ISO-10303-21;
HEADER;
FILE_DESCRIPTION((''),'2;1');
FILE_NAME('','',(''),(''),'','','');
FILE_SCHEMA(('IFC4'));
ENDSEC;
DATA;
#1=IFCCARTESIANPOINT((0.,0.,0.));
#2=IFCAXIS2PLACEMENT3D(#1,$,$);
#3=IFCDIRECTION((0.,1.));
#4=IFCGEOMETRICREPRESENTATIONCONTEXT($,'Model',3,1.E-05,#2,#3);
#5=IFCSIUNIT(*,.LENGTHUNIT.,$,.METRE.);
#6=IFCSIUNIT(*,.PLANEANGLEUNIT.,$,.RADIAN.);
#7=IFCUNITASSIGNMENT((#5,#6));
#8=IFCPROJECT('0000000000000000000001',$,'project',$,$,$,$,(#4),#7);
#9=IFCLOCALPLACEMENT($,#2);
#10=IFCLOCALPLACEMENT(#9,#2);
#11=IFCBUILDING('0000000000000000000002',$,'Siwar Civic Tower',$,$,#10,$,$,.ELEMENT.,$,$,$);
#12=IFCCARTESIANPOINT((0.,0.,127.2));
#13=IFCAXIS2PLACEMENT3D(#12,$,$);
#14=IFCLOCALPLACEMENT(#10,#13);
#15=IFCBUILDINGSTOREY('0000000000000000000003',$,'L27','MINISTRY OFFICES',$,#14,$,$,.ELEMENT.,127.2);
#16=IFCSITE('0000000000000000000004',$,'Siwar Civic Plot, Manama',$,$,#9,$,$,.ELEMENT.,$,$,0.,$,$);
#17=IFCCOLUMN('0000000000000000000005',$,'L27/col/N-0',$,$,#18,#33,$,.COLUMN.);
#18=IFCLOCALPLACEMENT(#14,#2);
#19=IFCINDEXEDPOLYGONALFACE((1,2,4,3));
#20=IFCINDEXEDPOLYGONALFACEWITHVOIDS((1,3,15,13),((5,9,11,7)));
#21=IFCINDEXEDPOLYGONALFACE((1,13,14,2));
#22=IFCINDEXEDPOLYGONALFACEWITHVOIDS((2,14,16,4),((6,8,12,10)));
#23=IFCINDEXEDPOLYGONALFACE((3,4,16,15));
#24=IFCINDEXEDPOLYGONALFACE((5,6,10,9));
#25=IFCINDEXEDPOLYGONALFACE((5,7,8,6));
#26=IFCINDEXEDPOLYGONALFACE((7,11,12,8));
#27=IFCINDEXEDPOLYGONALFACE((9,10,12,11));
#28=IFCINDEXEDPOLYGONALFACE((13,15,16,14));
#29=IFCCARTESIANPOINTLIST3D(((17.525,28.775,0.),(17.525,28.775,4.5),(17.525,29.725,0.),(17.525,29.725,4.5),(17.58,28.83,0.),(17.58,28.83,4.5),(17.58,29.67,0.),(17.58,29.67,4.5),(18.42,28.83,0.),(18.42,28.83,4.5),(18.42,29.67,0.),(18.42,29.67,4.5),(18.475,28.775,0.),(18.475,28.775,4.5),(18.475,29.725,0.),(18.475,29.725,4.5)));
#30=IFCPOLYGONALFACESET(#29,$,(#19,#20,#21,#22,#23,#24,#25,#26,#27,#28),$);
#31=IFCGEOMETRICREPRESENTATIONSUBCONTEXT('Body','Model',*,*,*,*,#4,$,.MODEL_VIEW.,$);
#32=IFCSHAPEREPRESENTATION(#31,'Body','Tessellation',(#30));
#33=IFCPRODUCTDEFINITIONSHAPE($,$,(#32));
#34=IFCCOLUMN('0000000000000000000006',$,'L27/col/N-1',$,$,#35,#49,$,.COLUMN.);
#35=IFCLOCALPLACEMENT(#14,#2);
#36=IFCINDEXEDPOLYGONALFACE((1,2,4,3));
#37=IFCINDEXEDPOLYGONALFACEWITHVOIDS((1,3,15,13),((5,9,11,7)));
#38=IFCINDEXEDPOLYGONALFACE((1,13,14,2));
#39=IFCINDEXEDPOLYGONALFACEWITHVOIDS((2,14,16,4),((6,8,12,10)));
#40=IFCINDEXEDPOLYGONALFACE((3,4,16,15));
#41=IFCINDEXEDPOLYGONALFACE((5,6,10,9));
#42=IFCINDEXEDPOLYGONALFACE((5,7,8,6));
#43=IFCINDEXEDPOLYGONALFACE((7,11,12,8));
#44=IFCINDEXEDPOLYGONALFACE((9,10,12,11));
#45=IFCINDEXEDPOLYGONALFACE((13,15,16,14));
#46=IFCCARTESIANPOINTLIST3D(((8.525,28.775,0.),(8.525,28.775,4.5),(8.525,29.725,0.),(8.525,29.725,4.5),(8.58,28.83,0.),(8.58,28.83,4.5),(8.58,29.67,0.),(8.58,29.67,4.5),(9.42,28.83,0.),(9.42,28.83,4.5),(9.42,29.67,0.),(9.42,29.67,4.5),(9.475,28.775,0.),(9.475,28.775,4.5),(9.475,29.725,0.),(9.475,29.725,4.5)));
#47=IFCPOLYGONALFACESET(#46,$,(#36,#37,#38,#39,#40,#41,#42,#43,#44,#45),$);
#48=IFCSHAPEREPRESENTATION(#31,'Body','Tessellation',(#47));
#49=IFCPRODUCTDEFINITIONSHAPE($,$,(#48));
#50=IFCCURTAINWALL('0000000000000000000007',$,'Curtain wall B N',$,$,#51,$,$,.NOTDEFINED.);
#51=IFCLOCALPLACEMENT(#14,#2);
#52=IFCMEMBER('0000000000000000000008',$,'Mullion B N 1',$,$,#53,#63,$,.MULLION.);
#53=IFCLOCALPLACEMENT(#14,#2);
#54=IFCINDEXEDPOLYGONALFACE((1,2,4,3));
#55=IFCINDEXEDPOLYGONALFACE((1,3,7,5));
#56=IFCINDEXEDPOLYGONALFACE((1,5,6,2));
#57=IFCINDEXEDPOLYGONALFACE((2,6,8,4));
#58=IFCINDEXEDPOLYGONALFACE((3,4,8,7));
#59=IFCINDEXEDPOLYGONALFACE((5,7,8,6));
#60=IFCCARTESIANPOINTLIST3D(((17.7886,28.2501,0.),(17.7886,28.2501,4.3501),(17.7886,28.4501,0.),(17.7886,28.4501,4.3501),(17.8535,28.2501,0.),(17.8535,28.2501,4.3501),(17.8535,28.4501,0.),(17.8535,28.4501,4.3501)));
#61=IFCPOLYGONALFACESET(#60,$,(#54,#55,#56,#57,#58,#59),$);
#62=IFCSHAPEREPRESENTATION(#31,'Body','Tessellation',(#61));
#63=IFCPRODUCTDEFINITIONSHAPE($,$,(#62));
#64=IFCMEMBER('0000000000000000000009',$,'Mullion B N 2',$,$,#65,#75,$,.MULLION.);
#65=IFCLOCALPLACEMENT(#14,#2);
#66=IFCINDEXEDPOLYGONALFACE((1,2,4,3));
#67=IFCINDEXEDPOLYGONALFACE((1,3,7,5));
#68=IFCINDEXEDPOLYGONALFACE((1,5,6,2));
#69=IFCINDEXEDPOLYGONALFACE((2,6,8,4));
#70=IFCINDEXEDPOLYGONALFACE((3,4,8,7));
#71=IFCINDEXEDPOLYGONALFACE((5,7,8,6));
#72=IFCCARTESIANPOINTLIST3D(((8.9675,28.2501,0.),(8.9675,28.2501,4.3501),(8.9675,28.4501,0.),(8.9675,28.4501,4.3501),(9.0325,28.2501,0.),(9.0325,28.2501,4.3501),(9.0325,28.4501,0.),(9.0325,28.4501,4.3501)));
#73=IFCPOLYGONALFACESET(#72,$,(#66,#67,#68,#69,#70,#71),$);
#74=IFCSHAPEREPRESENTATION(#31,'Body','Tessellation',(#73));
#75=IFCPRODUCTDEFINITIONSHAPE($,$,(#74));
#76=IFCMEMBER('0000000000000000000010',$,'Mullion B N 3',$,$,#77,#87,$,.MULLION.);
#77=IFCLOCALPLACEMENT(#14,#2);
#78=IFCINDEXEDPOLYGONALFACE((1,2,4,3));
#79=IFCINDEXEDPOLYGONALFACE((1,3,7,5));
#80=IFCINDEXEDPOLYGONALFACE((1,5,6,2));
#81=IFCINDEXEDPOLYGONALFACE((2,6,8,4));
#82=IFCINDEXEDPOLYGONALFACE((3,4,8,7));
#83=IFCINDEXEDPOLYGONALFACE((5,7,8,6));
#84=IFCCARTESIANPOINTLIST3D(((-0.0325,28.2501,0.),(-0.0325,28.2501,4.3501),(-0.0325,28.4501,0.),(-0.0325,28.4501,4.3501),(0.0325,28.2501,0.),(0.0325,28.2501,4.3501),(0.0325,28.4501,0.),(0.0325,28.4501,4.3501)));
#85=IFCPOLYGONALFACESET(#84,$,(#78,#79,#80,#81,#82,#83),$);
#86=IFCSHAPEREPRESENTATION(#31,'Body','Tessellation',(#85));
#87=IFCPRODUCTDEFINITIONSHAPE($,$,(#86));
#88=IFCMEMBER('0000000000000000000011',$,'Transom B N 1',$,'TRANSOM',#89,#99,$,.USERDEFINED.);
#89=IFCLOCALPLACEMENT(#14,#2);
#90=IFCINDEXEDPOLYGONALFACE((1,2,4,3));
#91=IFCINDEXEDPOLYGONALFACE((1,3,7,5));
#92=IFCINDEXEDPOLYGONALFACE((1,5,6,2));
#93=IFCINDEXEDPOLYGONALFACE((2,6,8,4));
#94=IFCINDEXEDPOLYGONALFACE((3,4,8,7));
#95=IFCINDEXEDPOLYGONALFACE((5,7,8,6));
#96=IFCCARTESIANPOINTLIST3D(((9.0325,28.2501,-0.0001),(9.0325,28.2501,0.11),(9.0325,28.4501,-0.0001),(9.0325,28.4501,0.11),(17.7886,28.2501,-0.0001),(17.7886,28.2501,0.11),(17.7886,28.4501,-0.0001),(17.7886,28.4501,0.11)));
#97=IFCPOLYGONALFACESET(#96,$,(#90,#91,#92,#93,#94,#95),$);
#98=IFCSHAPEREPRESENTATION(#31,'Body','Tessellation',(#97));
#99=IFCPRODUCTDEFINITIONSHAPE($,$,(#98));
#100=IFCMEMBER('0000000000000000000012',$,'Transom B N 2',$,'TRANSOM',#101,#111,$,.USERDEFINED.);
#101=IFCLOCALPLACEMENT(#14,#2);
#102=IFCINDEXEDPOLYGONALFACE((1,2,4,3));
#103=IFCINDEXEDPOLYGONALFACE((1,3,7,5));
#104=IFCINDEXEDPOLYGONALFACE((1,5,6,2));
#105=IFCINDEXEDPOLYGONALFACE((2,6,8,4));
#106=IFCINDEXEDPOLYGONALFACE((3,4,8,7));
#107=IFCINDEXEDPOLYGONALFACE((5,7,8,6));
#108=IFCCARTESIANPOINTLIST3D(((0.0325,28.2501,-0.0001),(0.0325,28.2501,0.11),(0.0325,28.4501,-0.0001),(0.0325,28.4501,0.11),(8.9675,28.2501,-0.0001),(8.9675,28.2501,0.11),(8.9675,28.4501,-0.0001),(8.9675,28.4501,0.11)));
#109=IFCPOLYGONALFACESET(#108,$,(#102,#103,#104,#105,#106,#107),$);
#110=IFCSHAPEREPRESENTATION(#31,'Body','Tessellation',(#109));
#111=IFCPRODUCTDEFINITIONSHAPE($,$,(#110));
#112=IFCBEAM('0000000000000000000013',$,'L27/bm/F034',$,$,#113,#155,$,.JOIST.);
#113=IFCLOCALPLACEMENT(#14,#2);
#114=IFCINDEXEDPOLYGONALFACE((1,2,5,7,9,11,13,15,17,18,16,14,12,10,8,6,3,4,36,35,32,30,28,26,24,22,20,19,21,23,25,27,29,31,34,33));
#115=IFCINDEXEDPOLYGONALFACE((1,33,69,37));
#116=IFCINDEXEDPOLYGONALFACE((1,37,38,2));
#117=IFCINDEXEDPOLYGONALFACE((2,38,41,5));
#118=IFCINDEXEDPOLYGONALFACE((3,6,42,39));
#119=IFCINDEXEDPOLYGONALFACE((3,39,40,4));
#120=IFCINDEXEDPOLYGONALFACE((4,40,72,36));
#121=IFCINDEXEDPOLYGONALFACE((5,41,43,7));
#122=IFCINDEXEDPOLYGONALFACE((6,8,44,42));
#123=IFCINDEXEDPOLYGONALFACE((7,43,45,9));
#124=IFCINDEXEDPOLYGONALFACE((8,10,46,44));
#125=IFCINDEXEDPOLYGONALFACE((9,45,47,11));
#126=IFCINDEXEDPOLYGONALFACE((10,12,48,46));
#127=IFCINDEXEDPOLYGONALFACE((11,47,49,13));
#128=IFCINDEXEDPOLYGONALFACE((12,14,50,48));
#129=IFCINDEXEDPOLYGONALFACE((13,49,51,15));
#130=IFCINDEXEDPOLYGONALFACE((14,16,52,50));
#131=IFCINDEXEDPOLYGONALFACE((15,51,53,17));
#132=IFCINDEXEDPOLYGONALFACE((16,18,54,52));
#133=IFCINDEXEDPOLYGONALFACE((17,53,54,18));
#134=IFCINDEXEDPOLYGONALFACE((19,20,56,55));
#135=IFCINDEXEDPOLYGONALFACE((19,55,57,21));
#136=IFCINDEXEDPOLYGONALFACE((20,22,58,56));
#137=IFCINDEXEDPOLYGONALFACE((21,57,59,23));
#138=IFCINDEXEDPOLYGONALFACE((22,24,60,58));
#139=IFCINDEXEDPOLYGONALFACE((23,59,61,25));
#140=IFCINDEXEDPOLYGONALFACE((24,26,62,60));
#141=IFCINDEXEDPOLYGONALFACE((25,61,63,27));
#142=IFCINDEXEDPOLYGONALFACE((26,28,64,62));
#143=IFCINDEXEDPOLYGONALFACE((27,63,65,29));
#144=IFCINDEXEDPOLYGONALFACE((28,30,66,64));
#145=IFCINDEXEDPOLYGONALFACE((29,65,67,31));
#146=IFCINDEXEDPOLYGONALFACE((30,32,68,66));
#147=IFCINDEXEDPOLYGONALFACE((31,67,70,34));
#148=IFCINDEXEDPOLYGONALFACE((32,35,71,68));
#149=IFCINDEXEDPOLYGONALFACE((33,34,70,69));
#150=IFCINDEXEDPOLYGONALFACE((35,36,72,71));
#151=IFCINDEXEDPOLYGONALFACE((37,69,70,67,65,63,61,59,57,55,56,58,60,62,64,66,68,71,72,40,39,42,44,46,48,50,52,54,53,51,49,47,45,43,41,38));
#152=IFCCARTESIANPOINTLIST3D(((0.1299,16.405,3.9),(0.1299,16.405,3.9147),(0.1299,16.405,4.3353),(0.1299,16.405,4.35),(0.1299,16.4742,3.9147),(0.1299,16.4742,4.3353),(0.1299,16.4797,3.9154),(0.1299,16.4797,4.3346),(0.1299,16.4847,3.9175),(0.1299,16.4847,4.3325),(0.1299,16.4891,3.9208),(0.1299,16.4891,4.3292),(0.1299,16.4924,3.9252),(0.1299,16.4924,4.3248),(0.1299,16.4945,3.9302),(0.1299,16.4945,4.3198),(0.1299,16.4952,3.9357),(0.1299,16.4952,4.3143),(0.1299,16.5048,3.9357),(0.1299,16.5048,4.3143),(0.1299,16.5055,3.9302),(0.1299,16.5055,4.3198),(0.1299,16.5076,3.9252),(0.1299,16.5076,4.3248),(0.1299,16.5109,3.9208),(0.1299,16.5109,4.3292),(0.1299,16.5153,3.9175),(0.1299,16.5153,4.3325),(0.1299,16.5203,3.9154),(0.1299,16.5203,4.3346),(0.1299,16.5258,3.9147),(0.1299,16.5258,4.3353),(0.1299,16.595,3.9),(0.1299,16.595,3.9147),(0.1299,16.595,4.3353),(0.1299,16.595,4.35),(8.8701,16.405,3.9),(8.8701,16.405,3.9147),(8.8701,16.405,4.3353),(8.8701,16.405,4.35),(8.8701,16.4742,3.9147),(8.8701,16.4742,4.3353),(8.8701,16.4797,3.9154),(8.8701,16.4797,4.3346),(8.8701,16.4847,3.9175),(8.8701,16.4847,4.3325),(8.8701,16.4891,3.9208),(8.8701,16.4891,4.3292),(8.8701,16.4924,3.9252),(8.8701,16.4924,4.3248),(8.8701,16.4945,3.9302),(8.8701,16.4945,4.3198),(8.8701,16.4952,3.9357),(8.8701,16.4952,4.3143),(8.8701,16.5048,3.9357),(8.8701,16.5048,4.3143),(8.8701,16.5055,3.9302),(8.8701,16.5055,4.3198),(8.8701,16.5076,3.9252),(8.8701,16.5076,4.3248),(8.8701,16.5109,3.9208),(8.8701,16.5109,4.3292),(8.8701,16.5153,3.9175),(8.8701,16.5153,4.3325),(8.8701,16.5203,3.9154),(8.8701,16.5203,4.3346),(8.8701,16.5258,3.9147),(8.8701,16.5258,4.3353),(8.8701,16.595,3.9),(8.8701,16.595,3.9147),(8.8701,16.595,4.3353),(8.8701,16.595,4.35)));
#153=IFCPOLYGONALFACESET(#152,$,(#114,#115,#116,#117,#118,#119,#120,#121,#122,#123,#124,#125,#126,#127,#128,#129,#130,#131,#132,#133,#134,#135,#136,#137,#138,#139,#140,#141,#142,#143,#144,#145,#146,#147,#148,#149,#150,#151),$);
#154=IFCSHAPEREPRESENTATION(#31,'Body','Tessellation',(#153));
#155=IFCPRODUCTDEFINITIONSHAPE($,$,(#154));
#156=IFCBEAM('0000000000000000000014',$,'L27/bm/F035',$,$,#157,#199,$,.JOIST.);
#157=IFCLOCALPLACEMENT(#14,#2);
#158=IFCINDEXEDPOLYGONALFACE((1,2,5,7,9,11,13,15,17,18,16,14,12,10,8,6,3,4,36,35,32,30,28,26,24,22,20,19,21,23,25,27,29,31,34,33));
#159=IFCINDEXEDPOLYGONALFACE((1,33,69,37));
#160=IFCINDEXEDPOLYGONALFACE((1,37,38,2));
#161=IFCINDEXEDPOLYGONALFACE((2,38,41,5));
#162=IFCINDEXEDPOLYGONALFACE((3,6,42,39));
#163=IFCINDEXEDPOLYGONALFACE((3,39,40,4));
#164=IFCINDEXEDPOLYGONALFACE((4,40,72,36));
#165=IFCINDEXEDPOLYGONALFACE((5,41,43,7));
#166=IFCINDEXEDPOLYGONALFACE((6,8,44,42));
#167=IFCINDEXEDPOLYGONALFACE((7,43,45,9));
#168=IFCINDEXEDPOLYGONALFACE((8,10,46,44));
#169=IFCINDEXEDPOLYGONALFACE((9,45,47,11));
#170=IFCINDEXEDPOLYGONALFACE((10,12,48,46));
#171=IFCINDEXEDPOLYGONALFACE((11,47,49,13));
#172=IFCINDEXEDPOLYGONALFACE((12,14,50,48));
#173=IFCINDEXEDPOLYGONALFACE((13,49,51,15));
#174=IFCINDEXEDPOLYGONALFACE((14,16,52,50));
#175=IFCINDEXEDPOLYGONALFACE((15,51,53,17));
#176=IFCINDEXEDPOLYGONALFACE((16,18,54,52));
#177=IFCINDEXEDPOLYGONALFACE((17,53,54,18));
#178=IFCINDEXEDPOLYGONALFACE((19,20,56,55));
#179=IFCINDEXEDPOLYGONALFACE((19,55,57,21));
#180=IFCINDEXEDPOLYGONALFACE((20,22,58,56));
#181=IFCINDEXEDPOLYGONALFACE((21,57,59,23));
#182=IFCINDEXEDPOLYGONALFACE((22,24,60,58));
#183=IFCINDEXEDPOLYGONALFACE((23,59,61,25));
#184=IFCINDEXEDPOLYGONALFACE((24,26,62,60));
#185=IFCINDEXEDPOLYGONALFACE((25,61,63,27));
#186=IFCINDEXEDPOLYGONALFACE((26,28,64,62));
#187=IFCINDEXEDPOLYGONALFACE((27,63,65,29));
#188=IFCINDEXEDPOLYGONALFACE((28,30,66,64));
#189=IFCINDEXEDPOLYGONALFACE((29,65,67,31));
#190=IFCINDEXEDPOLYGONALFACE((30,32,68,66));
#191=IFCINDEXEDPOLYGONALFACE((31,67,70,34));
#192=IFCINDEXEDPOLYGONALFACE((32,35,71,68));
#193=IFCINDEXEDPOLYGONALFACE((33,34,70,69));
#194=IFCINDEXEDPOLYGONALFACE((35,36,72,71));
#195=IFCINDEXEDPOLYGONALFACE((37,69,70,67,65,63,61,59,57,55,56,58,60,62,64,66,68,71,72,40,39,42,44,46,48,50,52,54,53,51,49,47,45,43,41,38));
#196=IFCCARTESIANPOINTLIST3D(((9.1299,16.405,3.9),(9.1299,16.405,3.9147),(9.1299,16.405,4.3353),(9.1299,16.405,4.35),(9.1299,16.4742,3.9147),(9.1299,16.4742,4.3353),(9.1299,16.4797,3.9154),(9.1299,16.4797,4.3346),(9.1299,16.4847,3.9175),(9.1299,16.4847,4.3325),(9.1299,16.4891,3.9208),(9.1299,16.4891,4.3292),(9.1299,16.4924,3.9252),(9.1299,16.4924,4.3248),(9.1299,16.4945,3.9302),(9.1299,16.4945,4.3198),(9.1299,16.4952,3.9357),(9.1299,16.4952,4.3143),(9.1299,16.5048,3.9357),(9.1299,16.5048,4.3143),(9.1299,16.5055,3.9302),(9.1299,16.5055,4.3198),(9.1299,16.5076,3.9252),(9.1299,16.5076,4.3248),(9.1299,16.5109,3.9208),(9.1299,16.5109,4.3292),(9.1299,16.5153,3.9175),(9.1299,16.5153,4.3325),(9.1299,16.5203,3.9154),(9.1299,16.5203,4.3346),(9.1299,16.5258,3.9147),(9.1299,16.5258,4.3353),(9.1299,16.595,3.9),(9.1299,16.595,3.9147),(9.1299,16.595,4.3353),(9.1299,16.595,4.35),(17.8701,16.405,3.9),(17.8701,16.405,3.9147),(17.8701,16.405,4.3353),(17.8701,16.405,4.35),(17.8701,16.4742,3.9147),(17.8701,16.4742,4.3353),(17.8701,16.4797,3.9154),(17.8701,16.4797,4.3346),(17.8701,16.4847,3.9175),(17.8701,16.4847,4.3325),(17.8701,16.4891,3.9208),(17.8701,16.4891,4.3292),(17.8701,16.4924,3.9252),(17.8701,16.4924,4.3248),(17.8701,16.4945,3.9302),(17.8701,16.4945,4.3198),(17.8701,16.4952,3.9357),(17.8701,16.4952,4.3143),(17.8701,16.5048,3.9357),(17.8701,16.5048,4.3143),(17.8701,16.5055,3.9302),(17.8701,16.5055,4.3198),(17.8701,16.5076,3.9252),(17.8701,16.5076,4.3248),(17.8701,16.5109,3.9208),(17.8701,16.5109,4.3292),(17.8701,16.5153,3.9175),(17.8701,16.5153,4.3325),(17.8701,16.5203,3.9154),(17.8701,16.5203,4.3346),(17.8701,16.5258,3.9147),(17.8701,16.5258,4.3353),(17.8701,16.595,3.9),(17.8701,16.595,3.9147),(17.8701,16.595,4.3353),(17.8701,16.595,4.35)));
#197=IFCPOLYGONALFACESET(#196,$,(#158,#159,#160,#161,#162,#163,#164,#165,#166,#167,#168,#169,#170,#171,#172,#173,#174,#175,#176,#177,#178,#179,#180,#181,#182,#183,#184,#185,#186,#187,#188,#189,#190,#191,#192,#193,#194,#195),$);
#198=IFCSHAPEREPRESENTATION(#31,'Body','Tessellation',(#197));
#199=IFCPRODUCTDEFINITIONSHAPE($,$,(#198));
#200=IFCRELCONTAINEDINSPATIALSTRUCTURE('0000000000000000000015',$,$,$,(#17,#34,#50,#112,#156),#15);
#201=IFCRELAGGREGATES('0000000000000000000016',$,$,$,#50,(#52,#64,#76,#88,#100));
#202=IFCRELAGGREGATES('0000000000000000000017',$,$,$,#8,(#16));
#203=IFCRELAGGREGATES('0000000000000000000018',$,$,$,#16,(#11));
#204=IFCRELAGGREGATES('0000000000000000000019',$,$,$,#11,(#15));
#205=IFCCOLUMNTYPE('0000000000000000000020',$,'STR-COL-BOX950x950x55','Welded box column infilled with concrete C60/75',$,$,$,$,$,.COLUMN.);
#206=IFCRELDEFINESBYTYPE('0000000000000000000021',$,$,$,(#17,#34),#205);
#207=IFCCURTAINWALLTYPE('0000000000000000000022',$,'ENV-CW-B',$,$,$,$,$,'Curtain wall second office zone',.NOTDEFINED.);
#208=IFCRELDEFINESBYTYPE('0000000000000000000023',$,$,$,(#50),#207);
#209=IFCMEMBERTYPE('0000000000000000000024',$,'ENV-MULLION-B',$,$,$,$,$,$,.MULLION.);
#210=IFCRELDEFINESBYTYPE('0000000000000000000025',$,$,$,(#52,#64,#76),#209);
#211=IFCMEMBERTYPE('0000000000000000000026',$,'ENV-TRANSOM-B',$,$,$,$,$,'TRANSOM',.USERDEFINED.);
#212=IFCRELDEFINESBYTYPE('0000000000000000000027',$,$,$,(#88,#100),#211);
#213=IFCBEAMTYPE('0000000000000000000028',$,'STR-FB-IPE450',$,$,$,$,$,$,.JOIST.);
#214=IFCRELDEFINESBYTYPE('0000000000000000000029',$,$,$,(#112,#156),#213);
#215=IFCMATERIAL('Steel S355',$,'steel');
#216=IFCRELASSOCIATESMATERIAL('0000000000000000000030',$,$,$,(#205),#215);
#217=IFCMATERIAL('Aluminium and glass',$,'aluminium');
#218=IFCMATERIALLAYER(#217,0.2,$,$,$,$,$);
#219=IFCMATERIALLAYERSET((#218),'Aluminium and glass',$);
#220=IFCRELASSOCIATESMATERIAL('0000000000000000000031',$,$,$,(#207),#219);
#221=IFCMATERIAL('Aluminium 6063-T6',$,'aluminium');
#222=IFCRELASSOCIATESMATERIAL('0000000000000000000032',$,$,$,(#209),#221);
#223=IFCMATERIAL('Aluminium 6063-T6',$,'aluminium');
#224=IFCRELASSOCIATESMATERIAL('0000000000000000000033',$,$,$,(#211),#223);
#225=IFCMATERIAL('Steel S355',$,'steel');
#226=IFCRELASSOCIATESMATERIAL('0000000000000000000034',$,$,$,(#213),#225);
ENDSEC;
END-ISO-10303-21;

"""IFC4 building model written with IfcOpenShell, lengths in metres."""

from ifc_helpers import new_model, si_unit, direction, frame, origin, origin_2d, place, context, subcontext, project, spatial, rectangle, hollow_rectangle, i_section, extrude, material, layer, layer_set, material_profile, profile_set, type_object, element, aggregate, save


model = new_model("IFC4")

# Units and contexts
model_context = context("Model", 3, precision=1e-05, world=origin(), true_north=direction((0.0, 1.0)))
body_context = subcontext(model_context, "Body", "Model", "MODEL_VIEW")
ifc_project = project(units=[si_unit("LENGTHUNIT", "METRE"), si_unit("PLANEANGLEUNIT", "RADIAN")], contexts=[model_context])

# Site, building, storey
site_placement = place(None, origin())
site = spatial("IfcSite", under=ifc_project, at=site_placement, Name="Siwar Civic Plot, Manama", CompositionType="ELEMENT", RefElevation=0.0)
building_placement = place(site_placement, origin())
building = spatial("IfcBuilding", under=site, at=building_placement, Name="Siwar Civic Tower", CompositionType="ELEMENT")
storey_placement = place(building_placement, frame((0.0, 0.0, 127.2)))
storey = spatial("IfcBuildingStorey", under=building, at=storey_placement, Name="L27", Description="MINISTRY OFFICES", CompositionType="ELEMENT", Elevation=127.2)

# Columns
ifc_material_1 = material(Name="Steel S355", Category="steel")
ifc_material_profile_1 = material_profile(ifc_material_1, hollow_rectangle(XDim=0.95, YDim=0.95, WallThickness=0.0549, at=origin_2d()), Name="BOX950x950x55")
ifc_profile_set_1 = profile_set([ifc_material_profile_1], Name="Steel S355")
column_type = type_object("IfcColumnType", Name="STR-COL-BOX950x950x55", Description="Welded box column infilled with concrete C60/75", PredefinedType="COLUMN", material=ifc_profile_set_1)
for number, where, z_axis, x_axis, name in (
    (1, (18.0, 29.25, 0.0), (0.0, 0.0, 1.0), (1.0, 0.0, 0.0), "L27/col/N-0"),
    (2, (9.0, 29.25, 0.0), (0.0, 0.0, 1.0), (1.0, 0.0, 0.0), "L27/col/N-1"),
):
    element("IfcColumn", number, at=place(storey_placement, frame(where, z_axis=z_axis, x_axis=x_axis)), inside=storey, type_object=column_type, Name=name, PredefinedType="COLUMN", context=body_context, shape_type="SweptSolid", body=[
        extrude(hollow_rectangle(XDim=0.95, YDim=0.95, WallThickness=0.0549, at=origin_2d()), origin(), (0.0, 0.0, 1.0), 4.5),
    ])

# Curtain wall, members
ifc_material_2 = material(Name="Aluminium and glass", Category="aluminium")
ifc_layer_1 = layer(ifc_material_2, 0.2)
ifc_layer_set_1 = layer_set([ifc_layer_1], Name="Aluminium and glass")
curtain_wall_type = type_object("IfcCurtainWallType", Name="ENV-CW-B", ElementType="Curtain wall second office zone", PredefinedType="NOTDEFINED", material=ifc_layer_set_1)
curtain_wall_placement = place(storey_placement, origin())
curtain_wall = element("IfcCurtainWall", 3, at=curtain_wall_placement, inside=storey, type_object=curtain_wall_type, Name="Curtain wall B N", PredefinedType="NOTDEFINED")
ifc_material_3 = material(Name="Aluminium 6063-T6", Category="aluminium")
ifc_material_profile_2 = material_profile(ifc_material_3, rectangle(XDim=0.2, YDim=0.0649, at=origin_2d()), Name="AL 200x65")
ifc_profile_set_2 = profile_set([ifc_material_profile_2], Name="Aluminium 6063-T6")
member_type_1 = type_object("IfcMemberType", Name="ENV-MULLION-B", PredefinedType="MULLION", material=ifc_profile_set_2)
member_1_placement = place(storey_placement, frame((17.821, 28.3501, 0.0), z_axis=(0.0, 0.0, 1.0), x_axis=(0.0, -1.0, 0.0)))
member_1 = element("IfcMember", 4, at=member_1_placement, type_object=member_type_1, Name="Mullion B N 1", PredefinedType="MULLION", context=body_context, shape_type="SweptSolid", body=[
    extrude(rectangle(XDim=0.2, YDim=0.0649, at=origin_2d()), origin(), (0.0, 0.0, 1.0), 4.3501),
])
member_2_placement = place(storey_placement, frame((9.0, 28.3501, 0.0), z_axis=(0.0, 0.0, 1.0), x_axis=(0.0, -1.0, 0.0)))
member_2 = element("IfcMember", 5, at=member_2_placement, type_object=member_type_1, Name="Mullion B N 2", PredefinedType="MULLION", context=body_context, shape_type="SweptSolid", body=[
    extrude(rectangle(XDim=0.2, YDim=0.0649, at=origin_2d()), origin(), (0.0, 0.0, 1.0), 4.3501),
])
member_3_placement = place(storey_placement, frame((0.0, 28.3501, 0.0), z_axis=(0.0, 0.0, 1.0), x_axis=(0.0, -1.0, 0.0)))
member_3 = element("IfcMember", 6, at=member_3_placement, type_object=member_type_1, Name="Mullion B N 3", PredefinedType="MULLION", context=body_context, shape_type="SweptSolid", body=[
    extrude(rectangle(XDim=0.2, YDim=0.0649, at=origin_2d()), origin(), (0.0, 0.0, 1.0), 4.3501),
])
ifc_material_4 = material(Name="Aluminium 6063-T6", Category="aluminium")
ifc_material_profile_3 = material_profile(ifc_material_4, rectangle(XDim=0.2, YDim=0.1101, at=origin_2d()), Name="AL 200x110")
ifc_profile_set_3 = profile_set([ifc_material_profile_3], Name="Aluminium 6063-T6")
member_type_2 = type_object("IfcMemberType", Name="ENV-TRANSOM-B", ElementType="TRANSOM", PredefinedType="USERDEFINED", material=ifc_profile_set_3)
member_4_placement = place(storey_placement, frame((17.7886, 28.3501, 0.0549), z_axis=(-1.0, 0.0, 0.0), x_axis=(0.0, -1.0, 0.0)))
member_4 = element("IfcMember", 7, at=member_4_placement, type_object=member_type_2, Name="Transom B N 1", ObjectType="TRANSOM", PredefinedType="USERDEFINED", context=body_context, shape_type="SweptSolid", body=[
    extrude(rectangle(XDim=0.2, YDim=0.1101, at=origin_2d()), origin(), (0.0, 0.0, 1.0), 8.7561),
])
member_5_placement = place(storey_placement, frame((8.9675, 28.3501, 0.0549), z_axis=(-1.0, 0.0, 0.0), x_axis=(0.0, -1.0, 0.0)))
member_5 = element("IfcMember", 8, at=member_5_placement, type_object=member_type_2, Name="Transom B N 2", ObjectType="TRANSOM", PredefinedType="USERDEFINED", context=body_context, shape_type="SweptSolid", body=[
    extrude(rectangle(XDim=0.2, YDim=0.1101, at=origin_2d()), origin(), (0.0, 0.0, 1.0), 8.9351),
])

# Beams
ifc_material_5 = material(Name="Steel S355", Category="steel")
ifc_material_profile_4 = material_profile(ifc_material_5, i_section(OverallWidth=0.1899, OverallDepth=0.45, WebThickness=0.0095, FlangeThickness=0.0146, FilletRadius=0.021, at=origin_2d()), Name="IPE450")
ifc_profile_set_4 = profile_set([ifc_material_profile_4], Name="Steel S355")
beam_type_1 = type_object("IfcBeamType", Name="STR-FB-IPE450", PredefinedType="JOIST", material=ifc_profile_set_4)
for number, where, z_axis, x_axis, name in (
    (9, (0.1299, 16.5, 4.125), (1.0, 0.0, 0.0), (0.0, 1.0, 0.0), "L27/bm/F034"),
    (10, (9.1299, 16.5, 4.125), (1.0, 0.0, 0.0), (0.0, 1.0, 0.0), "L27/bm/F035"),
):
    element("IfcBeam", number, at=place(storey_placement, frame(where, z_axis=z_axis, x_axis=x_axis)), inside=storey, type_object=beam_type_1, Name=name, PredefinedType="JOIST", context=body_context, shape_type="SweptSolid", body=[
        extrude(i_section(OverallWidth=0.1899, OverallDepth=0.45, WebThickness=0.0095, FlangeThickness=0.0146, FilletRadius=0.021, at=origin_2d()), origin(), (0.0, 0.0, 1.0), 8.7402),
    ])

aggregate(curtain_wall, [member_1, member_2, member_3, member_4, member_5])

save(model, "model.ifc")
